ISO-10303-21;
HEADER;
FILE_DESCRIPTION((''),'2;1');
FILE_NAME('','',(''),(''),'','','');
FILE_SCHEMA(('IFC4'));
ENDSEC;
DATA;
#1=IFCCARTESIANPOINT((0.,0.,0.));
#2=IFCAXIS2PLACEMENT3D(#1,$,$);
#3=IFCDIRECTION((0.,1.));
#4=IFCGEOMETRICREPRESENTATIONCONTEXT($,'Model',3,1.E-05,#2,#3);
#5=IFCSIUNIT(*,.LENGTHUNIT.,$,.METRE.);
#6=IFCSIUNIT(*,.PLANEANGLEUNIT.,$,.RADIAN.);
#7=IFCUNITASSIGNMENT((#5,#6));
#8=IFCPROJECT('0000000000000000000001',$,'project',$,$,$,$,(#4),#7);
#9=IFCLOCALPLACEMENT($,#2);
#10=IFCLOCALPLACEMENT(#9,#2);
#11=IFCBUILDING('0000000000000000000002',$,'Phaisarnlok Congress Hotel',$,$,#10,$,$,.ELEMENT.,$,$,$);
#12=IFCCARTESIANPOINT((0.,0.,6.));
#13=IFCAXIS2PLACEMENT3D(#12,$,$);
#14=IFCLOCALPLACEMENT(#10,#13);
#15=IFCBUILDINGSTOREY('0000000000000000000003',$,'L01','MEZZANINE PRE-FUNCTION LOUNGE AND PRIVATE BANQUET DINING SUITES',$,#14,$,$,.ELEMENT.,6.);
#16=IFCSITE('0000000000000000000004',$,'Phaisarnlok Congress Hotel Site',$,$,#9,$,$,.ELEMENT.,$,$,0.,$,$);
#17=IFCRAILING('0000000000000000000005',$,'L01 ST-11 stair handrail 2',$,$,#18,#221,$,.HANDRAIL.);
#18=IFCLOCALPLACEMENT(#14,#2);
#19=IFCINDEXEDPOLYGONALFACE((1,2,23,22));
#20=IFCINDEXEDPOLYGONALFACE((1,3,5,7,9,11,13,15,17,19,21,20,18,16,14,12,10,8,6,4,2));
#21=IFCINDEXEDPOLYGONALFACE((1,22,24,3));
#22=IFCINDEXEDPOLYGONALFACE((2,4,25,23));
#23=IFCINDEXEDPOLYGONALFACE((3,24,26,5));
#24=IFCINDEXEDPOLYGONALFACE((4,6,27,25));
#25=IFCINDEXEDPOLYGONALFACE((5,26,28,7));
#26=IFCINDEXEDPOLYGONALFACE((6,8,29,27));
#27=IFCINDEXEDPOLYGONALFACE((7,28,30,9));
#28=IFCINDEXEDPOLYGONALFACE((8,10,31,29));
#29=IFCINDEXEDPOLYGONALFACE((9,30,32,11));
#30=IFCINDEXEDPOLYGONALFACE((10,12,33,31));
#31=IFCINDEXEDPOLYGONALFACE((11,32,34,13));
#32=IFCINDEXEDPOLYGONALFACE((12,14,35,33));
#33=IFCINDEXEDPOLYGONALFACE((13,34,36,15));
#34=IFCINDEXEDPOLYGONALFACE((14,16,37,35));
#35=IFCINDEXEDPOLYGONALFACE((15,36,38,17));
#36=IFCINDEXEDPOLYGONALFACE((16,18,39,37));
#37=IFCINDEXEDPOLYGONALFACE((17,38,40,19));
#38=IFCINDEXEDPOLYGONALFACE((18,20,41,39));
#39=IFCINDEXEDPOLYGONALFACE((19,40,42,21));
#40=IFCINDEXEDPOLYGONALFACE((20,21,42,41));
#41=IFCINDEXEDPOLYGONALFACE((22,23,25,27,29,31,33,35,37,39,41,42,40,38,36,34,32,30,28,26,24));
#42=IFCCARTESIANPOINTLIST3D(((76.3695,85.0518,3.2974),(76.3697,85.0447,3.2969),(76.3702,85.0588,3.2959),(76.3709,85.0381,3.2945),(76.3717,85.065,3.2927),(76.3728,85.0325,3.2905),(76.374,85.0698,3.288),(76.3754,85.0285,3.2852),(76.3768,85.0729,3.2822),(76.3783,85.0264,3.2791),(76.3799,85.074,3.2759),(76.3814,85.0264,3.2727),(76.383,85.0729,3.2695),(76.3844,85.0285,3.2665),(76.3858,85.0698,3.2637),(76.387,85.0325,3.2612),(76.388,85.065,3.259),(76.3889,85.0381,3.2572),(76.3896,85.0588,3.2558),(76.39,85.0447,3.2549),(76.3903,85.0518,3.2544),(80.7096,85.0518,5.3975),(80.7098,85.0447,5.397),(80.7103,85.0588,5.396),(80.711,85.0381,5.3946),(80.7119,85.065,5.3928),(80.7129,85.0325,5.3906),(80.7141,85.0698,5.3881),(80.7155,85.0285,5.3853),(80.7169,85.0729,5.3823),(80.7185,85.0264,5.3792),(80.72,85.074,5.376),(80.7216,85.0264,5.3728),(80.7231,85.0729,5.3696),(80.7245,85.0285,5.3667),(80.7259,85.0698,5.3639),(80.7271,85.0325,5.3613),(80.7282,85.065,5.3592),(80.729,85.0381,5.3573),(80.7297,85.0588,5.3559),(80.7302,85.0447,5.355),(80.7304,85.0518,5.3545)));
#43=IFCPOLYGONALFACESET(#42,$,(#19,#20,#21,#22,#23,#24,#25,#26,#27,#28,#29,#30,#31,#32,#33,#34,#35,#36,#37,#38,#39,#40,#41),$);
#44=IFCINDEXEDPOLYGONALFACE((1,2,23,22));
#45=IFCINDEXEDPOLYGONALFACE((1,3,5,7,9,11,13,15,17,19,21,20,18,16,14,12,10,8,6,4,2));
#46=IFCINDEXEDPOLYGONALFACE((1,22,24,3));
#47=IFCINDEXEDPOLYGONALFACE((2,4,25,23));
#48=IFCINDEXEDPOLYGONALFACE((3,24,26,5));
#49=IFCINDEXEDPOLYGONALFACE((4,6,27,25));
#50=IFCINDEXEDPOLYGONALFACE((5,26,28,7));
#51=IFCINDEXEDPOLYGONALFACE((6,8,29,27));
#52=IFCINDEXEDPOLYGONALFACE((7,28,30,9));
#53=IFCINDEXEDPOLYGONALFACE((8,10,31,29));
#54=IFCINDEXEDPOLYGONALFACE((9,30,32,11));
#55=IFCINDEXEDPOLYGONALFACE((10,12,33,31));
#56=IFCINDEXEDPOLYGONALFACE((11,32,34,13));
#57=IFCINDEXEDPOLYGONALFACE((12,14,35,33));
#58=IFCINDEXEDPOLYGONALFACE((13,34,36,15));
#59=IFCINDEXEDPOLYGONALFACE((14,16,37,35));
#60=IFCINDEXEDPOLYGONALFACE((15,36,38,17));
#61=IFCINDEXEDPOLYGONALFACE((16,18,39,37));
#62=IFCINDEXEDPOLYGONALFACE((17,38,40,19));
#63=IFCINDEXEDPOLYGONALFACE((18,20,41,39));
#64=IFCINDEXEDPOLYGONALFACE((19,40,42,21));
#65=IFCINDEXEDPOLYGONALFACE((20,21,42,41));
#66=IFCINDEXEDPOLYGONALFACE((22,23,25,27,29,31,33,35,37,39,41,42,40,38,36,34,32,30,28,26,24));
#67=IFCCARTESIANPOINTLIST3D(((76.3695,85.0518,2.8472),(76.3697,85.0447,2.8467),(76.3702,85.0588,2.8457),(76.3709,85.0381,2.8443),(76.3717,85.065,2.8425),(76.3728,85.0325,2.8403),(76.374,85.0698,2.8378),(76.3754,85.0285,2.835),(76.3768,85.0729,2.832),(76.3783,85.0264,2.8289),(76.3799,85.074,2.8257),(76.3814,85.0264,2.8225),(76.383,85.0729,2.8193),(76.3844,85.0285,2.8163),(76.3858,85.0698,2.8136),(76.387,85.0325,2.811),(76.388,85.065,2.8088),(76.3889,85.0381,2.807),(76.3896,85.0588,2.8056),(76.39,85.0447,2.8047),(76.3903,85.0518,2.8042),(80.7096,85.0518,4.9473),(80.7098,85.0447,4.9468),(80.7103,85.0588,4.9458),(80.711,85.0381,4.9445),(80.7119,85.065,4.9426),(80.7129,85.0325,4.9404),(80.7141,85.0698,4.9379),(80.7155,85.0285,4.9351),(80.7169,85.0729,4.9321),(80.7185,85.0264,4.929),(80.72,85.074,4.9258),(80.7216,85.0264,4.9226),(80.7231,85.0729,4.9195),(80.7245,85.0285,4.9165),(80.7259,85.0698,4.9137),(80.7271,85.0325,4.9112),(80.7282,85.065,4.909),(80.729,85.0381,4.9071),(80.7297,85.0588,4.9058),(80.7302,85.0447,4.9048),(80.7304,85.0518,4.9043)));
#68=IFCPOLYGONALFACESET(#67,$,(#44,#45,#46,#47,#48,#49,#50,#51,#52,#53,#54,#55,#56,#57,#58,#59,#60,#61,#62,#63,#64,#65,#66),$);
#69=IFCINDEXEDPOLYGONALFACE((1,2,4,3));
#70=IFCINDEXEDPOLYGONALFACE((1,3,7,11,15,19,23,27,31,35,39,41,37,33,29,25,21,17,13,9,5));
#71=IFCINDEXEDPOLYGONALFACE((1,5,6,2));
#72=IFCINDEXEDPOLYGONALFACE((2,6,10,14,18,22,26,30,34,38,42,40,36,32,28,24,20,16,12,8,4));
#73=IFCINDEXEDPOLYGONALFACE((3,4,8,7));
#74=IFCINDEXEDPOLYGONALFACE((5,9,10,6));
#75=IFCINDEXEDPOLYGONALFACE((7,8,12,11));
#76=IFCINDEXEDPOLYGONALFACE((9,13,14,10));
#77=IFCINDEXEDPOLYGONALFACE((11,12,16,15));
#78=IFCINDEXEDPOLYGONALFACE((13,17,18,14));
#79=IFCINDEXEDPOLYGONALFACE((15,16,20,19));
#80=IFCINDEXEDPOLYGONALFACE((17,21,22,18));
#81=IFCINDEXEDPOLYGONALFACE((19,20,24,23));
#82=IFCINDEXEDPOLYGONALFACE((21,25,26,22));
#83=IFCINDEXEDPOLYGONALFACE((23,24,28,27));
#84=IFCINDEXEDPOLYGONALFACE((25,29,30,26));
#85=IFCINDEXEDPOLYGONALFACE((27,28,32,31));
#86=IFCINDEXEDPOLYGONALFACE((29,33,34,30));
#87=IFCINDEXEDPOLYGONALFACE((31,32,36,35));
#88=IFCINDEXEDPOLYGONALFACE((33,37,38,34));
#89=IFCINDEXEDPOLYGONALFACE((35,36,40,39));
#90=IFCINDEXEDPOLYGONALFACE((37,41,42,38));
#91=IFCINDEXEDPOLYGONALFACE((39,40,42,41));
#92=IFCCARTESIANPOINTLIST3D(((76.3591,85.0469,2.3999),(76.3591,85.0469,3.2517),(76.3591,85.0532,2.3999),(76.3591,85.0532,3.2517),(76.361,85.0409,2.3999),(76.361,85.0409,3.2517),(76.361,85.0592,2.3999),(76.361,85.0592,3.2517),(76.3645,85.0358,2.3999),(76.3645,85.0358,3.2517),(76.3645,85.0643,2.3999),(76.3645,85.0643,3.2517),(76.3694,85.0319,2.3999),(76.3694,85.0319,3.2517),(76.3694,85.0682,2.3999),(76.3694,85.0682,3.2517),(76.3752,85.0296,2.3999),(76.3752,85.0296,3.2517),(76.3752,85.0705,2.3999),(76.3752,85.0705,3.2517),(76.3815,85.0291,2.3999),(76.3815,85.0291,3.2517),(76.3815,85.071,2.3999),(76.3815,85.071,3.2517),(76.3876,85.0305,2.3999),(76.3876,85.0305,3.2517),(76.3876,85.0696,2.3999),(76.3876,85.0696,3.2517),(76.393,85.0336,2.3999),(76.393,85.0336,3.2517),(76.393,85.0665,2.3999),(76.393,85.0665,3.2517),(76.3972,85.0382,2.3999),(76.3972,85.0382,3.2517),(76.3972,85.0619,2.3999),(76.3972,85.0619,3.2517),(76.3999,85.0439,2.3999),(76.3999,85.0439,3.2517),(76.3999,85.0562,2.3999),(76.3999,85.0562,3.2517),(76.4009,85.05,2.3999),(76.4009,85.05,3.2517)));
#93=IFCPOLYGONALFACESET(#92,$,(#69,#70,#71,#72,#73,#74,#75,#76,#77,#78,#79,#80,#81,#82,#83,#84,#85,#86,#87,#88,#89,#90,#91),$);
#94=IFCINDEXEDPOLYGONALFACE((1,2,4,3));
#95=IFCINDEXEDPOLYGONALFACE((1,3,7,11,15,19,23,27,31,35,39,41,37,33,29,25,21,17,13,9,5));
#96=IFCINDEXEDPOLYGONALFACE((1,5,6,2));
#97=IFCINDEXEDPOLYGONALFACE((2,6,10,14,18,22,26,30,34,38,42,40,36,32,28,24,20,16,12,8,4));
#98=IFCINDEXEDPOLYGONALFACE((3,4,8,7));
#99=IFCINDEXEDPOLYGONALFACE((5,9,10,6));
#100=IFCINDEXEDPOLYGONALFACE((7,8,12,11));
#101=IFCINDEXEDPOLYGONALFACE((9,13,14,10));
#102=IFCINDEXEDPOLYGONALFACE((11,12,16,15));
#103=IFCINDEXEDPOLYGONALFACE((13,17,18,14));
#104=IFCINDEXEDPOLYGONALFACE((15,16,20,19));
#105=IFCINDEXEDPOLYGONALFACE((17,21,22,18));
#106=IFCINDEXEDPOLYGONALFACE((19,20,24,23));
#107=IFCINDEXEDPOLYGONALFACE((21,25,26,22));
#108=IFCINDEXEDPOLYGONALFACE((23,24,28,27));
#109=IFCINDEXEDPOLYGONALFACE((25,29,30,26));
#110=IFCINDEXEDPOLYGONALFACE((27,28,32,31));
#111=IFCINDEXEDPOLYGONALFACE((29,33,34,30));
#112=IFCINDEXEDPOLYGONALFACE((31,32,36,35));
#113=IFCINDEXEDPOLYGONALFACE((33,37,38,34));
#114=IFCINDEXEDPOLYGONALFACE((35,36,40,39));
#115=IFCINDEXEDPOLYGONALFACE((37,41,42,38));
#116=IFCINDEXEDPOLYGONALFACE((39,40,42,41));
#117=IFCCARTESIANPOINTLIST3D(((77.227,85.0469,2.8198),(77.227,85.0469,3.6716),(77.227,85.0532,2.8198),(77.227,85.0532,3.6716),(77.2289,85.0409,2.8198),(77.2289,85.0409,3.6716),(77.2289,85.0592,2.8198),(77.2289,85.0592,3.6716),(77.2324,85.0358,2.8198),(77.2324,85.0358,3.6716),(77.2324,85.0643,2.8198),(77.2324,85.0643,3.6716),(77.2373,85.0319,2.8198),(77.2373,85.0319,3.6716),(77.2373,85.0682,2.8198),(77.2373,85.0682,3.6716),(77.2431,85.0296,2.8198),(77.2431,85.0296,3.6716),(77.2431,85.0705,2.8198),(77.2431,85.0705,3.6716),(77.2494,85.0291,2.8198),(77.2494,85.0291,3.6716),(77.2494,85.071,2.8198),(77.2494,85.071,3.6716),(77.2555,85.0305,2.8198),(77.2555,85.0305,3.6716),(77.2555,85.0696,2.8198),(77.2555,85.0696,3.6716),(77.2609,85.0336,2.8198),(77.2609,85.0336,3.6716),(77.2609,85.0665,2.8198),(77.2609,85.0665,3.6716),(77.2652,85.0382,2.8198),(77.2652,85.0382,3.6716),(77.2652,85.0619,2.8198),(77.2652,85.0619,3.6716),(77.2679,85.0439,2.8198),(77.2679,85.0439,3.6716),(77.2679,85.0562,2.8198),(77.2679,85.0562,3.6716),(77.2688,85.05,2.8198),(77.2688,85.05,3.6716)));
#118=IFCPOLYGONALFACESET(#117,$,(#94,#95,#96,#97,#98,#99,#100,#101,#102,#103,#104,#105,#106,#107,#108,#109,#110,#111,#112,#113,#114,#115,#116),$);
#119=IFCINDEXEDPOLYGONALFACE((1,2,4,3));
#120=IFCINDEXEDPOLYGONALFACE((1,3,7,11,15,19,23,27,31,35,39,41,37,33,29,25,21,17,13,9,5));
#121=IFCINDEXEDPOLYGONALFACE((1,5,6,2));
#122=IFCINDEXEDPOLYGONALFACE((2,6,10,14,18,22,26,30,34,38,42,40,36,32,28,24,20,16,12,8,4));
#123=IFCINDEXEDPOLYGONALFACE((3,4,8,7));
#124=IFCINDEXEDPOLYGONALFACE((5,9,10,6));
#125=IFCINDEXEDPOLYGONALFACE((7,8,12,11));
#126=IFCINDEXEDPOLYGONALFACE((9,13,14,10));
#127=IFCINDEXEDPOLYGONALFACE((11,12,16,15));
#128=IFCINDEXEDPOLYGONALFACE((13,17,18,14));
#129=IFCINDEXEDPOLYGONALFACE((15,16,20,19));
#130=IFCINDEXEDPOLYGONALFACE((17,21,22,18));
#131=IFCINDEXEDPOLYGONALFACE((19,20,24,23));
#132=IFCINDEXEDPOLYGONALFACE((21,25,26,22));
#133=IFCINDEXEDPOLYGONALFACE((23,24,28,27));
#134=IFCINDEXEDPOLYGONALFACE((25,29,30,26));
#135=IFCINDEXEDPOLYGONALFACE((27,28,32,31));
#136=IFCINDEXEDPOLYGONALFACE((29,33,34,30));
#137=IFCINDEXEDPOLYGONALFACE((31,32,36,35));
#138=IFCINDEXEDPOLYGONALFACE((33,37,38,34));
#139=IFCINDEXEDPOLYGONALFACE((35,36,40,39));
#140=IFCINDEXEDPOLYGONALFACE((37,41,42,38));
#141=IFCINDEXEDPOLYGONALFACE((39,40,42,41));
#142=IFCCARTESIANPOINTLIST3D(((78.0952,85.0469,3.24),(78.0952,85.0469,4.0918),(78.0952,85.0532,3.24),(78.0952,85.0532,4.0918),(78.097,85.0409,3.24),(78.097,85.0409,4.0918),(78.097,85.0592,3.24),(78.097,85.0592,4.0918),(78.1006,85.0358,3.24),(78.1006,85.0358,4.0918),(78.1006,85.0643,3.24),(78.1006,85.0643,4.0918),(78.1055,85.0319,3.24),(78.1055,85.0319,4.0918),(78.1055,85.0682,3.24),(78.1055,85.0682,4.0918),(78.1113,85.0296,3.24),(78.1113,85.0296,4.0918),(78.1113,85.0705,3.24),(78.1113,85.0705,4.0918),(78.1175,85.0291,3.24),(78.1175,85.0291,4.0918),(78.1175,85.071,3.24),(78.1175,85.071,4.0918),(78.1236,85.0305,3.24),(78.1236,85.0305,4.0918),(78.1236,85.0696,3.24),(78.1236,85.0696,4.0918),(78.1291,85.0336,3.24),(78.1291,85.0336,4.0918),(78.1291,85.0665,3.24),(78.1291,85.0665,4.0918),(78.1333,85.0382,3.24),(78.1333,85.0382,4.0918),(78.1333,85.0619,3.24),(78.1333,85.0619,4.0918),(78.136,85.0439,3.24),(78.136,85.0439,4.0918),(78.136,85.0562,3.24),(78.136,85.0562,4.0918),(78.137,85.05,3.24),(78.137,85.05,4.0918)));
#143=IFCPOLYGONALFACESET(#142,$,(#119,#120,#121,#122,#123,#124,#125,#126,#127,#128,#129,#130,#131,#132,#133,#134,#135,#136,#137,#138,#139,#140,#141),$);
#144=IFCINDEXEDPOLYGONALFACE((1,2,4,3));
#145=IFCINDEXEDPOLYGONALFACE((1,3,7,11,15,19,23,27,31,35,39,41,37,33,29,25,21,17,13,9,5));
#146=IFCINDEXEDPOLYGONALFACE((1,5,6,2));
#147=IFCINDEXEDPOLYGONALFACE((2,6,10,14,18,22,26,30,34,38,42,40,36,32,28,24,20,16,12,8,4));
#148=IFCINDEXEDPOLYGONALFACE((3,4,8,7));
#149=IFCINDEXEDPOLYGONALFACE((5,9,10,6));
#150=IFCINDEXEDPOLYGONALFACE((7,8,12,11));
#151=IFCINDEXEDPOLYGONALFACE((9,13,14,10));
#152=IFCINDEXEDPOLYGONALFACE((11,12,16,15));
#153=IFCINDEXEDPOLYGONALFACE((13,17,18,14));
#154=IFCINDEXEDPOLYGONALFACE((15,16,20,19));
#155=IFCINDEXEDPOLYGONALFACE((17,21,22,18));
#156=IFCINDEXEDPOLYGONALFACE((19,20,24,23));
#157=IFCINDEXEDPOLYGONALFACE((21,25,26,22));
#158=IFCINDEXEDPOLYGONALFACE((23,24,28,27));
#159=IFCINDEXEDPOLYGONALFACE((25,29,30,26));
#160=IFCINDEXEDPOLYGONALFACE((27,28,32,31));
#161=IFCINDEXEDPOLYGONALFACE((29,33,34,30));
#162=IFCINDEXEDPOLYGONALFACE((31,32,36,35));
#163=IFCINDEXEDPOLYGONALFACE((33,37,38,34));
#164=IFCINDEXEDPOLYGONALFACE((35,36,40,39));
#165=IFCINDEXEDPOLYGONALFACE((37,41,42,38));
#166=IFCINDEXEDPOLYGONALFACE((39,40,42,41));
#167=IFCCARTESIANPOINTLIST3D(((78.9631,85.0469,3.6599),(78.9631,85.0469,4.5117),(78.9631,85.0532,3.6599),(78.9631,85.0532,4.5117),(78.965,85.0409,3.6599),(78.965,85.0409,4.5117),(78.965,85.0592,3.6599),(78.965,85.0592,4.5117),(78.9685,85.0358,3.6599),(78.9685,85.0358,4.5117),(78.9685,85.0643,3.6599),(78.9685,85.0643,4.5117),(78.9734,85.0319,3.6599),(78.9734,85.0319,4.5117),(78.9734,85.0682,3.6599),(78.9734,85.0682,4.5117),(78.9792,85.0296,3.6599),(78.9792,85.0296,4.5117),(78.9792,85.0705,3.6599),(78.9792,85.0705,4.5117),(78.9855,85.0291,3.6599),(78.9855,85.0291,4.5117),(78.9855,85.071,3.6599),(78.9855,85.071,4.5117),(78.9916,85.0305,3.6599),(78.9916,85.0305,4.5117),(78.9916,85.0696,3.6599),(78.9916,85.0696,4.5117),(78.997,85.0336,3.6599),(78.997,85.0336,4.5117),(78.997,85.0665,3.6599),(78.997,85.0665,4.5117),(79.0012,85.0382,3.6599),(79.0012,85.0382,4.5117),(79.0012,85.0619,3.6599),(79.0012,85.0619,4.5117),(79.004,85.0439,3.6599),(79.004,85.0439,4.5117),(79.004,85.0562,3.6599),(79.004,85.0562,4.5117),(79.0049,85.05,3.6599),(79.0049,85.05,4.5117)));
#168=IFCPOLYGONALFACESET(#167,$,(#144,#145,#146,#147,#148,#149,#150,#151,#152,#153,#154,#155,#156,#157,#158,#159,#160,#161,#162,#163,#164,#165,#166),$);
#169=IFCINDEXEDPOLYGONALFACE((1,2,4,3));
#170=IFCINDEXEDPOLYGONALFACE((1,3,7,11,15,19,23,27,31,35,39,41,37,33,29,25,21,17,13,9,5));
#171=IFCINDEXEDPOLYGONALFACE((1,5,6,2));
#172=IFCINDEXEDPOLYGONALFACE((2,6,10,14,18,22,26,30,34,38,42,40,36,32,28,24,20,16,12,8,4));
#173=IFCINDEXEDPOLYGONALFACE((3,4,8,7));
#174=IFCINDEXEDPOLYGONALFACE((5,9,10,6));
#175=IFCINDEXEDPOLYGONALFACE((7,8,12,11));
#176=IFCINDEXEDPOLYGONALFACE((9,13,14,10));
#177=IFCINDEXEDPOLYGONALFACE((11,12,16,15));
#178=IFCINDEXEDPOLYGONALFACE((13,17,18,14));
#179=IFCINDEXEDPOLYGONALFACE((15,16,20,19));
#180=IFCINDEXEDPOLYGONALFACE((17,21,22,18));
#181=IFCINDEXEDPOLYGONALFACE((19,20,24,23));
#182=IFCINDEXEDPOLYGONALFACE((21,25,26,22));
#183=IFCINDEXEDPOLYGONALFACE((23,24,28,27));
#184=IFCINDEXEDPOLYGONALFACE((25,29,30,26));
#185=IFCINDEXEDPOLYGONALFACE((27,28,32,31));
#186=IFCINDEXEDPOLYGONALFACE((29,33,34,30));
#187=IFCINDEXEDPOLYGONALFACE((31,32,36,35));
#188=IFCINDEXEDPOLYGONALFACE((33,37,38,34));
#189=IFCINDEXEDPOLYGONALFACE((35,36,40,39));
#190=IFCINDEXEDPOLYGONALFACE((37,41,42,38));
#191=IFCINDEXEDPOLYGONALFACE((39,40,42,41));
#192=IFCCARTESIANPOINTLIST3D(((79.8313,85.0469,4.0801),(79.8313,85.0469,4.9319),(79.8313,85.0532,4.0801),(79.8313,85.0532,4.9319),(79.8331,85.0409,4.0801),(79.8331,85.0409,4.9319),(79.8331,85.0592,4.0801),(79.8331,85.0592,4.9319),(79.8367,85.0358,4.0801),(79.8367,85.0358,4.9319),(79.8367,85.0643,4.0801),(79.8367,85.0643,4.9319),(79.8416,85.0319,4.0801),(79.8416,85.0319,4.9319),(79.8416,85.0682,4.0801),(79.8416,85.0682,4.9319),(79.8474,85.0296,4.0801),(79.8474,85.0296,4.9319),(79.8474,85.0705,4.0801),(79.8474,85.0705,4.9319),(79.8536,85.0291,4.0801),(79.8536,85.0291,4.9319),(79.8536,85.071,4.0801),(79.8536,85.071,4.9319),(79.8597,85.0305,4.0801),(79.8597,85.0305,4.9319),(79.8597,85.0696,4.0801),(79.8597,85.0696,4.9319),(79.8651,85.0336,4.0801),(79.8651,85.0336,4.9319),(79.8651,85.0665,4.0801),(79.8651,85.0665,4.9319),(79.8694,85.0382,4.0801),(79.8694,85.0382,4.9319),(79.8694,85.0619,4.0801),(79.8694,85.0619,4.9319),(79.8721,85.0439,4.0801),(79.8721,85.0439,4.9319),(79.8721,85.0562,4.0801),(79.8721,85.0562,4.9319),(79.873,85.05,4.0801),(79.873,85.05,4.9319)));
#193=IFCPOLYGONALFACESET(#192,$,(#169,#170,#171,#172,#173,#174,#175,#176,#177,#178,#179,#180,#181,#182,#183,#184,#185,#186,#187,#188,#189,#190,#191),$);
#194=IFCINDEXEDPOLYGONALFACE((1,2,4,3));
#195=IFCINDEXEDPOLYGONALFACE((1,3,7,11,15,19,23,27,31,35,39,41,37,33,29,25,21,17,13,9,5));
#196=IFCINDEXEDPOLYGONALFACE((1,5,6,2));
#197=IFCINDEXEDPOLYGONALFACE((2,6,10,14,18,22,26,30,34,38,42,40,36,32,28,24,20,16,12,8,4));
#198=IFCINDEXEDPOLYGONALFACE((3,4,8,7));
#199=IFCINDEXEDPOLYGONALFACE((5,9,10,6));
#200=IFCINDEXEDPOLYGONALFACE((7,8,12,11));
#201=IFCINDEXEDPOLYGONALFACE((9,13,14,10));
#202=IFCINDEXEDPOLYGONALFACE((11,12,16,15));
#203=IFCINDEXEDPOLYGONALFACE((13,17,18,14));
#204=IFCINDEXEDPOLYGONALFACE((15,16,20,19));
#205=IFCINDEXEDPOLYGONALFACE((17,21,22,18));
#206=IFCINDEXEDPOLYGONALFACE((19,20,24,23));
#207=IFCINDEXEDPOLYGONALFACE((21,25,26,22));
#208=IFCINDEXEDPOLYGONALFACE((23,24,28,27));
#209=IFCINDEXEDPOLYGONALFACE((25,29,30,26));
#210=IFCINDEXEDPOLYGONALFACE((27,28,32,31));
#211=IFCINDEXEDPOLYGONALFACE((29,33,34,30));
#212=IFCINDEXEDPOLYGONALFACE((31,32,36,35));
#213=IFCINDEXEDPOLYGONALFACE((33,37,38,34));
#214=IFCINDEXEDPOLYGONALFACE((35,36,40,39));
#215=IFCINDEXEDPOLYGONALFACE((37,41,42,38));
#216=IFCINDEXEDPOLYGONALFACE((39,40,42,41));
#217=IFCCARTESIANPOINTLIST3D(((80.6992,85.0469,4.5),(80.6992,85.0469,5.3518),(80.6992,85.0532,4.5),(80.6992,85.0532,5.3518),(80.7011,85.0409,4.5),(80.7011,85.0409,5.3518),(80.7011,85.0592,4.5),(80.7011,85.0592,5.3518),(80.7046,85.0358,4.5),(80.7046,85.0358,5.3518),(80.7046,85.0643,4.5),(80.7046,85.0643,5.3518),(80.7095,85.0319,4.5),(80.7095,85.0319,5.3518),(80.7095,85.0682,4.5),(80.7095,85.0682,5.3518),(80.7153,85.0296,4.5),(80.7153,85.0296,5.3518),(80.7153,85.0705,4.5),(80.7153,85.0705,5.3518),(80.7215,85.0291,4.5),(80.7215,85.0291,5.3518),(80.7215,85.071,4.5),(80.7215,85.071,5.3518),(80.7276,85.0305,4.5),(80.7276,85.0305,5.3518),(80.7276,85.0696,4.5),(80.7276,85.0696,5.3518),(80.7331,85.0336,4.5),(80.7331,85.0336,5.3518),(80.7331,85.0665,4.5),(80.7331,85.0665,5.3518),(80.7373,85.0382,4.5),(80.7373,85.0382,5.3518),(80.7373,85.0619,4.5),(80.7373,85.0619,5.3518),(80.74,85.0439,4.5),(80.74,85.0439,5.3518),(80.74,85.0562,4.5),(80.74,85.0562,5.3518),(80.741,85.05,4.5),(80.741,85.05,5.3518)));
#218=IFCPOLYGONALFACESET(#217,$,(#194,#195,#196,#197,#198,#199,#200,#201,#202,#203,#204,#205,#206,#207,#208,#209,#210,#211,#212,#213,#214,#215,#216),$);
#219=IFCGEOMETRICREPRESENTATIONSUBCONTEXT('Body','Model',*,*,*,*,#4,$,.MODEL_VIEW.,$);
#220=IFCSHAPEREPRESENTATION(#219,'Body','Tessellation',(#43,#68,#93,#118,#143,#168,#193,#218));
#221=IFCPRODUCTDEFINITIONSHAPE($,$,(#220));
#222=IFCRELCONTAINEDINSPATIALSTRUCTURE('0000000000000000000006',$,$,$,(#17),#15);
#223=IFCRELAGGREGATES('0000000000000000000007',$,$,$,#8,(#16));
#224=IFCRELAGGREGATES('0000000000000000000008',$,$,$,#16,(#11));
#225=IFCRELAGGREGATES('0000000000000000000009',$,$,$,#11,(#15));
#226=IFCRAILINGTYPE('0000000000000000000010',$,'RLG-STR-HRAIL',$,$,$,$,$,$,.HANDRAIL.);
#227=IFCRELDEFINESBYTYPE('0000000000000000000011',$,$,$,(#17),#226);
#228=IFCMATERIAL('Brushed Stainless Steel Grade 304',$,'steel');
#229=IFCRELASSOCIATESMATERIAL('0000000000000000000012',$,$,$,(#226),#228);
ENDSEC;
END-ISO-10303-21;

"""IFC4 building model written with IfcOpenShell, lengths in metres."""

from ifc_helpers import new_model, si_unit, direction, frame, origin, origin_2d, place, context, subcontext, project, spatial, circle, extrude, material, type_object, element, save


model = new_model("IFC4")

# Units and contexts
model_context = context("Model", 3, precision=1e-05, world=origin(), true_north=direction((0.0, 1.0)))
body_context = subcontext(model_context, "Body", "Model", "MODEL_VIEW")
ifc_project = project(units=[si_unit("LENGTHUNIT", "METRE"), si_unit("PLANEANGLEUNIT", "RADIAN")], contexts=[model_context])

# Site, building, storey
site_placement = place(None, origin())
site = spatial("IfcSite", under=ifc_project, at=site_placement, Name="Phaisarnlok Congress Hotel Site", CompositionType="ELEMENT", RefElevation=0.0)
building_placement = place(site_placement, origin())
building = spatial("IfcBuilding", under=site, at=building_placement, Name="Phaisarnlok Congress Hotel", CompositionType="ELEMENT")
storey_placement = place(building_placement, frame((0.0, 0.0, 6.0)))
storey = spatial("IfcBuildingStorey", under=building, at=storey_placement, Name="L01", Description="MEZZANINE PRE-FUNCTION LOUNGE AND PRIVATE BANQUET DINING SUITES", CompositionType="ELEMENT", Elevation=6.0)

# Railing
ifc_material_1 = material(Name="Brushed Stainless Steel Grade 304", Category="steel")
railing_type_1 = type_object("IfcRailingType", Name="RLG-STR-HRAIL", PredefinedType="HANDRAIL", material=ifc_material_1)
railing_1_placement = place(storey_placement, frame((76.3799, 85.05, 2.3999)))
element("IfcRailing", 1, at=railing_1_placement, inside=storey, type_object=railing_type_1, Name="L01 ST-11 stair handrail 2", PredefinedType="HANDRAIL", context=body_context, shape_type="SweptSolid", body=[
    extrude(circle(Radius=0.0239, at=origin_2d()), frame((0.0, 0.0, 0.876), z_axis=(0.900155, 0.0, 0.43557), x_axis=(0.0, 1.0, 0.0)), (0.0, 0.0, 1.0), 4.8215),
    extrude(circle(Radius=0.0239, at=origin_2d()), frame((0.0, 0.0, 0.4258), z_axis=(0.900155, 0.0, 0.43557), x_axis=(0.0, 1.0, 0.0)), (0.0, 0.0, 1.0), 4.8215),
    extrude(circle(Radius=0.021, at=origin_2d()), origin(), (0.0, 0.0, 1.0), 0.8518),
    extrude(circle(Radius=0.021, at=origin_2d()), frame((0.8679, 0.0, 0.4199)), (0.0, 0.0, 1.0), 0.8518),
    extrude(circle(Radius=0.021, at=origin_2d()), frame((1.7361, 0.0, 0.8401)), (0.0, 0.0, 1.0), 0.8518),
    extrude(circle(Radius=0.021, at=origin_2d()), frame((2.604, 0.0, 1.26)), (0.0, 0.0, 1.0), 0.8518),
    extrude(circle(Radius=0.021, at=origin_2d()), frame((3.4722, 0.0, 1.6802)), (0.0, 0.0, 1.0), 0.8518),
    extrude(circle(Radius=0.021, at=origin_2d()), frame((4.3401, 0.0, 2.1001)), (0.0, 0.0, 1.0), 0.8518),
])

save(model, "model.ifc")
